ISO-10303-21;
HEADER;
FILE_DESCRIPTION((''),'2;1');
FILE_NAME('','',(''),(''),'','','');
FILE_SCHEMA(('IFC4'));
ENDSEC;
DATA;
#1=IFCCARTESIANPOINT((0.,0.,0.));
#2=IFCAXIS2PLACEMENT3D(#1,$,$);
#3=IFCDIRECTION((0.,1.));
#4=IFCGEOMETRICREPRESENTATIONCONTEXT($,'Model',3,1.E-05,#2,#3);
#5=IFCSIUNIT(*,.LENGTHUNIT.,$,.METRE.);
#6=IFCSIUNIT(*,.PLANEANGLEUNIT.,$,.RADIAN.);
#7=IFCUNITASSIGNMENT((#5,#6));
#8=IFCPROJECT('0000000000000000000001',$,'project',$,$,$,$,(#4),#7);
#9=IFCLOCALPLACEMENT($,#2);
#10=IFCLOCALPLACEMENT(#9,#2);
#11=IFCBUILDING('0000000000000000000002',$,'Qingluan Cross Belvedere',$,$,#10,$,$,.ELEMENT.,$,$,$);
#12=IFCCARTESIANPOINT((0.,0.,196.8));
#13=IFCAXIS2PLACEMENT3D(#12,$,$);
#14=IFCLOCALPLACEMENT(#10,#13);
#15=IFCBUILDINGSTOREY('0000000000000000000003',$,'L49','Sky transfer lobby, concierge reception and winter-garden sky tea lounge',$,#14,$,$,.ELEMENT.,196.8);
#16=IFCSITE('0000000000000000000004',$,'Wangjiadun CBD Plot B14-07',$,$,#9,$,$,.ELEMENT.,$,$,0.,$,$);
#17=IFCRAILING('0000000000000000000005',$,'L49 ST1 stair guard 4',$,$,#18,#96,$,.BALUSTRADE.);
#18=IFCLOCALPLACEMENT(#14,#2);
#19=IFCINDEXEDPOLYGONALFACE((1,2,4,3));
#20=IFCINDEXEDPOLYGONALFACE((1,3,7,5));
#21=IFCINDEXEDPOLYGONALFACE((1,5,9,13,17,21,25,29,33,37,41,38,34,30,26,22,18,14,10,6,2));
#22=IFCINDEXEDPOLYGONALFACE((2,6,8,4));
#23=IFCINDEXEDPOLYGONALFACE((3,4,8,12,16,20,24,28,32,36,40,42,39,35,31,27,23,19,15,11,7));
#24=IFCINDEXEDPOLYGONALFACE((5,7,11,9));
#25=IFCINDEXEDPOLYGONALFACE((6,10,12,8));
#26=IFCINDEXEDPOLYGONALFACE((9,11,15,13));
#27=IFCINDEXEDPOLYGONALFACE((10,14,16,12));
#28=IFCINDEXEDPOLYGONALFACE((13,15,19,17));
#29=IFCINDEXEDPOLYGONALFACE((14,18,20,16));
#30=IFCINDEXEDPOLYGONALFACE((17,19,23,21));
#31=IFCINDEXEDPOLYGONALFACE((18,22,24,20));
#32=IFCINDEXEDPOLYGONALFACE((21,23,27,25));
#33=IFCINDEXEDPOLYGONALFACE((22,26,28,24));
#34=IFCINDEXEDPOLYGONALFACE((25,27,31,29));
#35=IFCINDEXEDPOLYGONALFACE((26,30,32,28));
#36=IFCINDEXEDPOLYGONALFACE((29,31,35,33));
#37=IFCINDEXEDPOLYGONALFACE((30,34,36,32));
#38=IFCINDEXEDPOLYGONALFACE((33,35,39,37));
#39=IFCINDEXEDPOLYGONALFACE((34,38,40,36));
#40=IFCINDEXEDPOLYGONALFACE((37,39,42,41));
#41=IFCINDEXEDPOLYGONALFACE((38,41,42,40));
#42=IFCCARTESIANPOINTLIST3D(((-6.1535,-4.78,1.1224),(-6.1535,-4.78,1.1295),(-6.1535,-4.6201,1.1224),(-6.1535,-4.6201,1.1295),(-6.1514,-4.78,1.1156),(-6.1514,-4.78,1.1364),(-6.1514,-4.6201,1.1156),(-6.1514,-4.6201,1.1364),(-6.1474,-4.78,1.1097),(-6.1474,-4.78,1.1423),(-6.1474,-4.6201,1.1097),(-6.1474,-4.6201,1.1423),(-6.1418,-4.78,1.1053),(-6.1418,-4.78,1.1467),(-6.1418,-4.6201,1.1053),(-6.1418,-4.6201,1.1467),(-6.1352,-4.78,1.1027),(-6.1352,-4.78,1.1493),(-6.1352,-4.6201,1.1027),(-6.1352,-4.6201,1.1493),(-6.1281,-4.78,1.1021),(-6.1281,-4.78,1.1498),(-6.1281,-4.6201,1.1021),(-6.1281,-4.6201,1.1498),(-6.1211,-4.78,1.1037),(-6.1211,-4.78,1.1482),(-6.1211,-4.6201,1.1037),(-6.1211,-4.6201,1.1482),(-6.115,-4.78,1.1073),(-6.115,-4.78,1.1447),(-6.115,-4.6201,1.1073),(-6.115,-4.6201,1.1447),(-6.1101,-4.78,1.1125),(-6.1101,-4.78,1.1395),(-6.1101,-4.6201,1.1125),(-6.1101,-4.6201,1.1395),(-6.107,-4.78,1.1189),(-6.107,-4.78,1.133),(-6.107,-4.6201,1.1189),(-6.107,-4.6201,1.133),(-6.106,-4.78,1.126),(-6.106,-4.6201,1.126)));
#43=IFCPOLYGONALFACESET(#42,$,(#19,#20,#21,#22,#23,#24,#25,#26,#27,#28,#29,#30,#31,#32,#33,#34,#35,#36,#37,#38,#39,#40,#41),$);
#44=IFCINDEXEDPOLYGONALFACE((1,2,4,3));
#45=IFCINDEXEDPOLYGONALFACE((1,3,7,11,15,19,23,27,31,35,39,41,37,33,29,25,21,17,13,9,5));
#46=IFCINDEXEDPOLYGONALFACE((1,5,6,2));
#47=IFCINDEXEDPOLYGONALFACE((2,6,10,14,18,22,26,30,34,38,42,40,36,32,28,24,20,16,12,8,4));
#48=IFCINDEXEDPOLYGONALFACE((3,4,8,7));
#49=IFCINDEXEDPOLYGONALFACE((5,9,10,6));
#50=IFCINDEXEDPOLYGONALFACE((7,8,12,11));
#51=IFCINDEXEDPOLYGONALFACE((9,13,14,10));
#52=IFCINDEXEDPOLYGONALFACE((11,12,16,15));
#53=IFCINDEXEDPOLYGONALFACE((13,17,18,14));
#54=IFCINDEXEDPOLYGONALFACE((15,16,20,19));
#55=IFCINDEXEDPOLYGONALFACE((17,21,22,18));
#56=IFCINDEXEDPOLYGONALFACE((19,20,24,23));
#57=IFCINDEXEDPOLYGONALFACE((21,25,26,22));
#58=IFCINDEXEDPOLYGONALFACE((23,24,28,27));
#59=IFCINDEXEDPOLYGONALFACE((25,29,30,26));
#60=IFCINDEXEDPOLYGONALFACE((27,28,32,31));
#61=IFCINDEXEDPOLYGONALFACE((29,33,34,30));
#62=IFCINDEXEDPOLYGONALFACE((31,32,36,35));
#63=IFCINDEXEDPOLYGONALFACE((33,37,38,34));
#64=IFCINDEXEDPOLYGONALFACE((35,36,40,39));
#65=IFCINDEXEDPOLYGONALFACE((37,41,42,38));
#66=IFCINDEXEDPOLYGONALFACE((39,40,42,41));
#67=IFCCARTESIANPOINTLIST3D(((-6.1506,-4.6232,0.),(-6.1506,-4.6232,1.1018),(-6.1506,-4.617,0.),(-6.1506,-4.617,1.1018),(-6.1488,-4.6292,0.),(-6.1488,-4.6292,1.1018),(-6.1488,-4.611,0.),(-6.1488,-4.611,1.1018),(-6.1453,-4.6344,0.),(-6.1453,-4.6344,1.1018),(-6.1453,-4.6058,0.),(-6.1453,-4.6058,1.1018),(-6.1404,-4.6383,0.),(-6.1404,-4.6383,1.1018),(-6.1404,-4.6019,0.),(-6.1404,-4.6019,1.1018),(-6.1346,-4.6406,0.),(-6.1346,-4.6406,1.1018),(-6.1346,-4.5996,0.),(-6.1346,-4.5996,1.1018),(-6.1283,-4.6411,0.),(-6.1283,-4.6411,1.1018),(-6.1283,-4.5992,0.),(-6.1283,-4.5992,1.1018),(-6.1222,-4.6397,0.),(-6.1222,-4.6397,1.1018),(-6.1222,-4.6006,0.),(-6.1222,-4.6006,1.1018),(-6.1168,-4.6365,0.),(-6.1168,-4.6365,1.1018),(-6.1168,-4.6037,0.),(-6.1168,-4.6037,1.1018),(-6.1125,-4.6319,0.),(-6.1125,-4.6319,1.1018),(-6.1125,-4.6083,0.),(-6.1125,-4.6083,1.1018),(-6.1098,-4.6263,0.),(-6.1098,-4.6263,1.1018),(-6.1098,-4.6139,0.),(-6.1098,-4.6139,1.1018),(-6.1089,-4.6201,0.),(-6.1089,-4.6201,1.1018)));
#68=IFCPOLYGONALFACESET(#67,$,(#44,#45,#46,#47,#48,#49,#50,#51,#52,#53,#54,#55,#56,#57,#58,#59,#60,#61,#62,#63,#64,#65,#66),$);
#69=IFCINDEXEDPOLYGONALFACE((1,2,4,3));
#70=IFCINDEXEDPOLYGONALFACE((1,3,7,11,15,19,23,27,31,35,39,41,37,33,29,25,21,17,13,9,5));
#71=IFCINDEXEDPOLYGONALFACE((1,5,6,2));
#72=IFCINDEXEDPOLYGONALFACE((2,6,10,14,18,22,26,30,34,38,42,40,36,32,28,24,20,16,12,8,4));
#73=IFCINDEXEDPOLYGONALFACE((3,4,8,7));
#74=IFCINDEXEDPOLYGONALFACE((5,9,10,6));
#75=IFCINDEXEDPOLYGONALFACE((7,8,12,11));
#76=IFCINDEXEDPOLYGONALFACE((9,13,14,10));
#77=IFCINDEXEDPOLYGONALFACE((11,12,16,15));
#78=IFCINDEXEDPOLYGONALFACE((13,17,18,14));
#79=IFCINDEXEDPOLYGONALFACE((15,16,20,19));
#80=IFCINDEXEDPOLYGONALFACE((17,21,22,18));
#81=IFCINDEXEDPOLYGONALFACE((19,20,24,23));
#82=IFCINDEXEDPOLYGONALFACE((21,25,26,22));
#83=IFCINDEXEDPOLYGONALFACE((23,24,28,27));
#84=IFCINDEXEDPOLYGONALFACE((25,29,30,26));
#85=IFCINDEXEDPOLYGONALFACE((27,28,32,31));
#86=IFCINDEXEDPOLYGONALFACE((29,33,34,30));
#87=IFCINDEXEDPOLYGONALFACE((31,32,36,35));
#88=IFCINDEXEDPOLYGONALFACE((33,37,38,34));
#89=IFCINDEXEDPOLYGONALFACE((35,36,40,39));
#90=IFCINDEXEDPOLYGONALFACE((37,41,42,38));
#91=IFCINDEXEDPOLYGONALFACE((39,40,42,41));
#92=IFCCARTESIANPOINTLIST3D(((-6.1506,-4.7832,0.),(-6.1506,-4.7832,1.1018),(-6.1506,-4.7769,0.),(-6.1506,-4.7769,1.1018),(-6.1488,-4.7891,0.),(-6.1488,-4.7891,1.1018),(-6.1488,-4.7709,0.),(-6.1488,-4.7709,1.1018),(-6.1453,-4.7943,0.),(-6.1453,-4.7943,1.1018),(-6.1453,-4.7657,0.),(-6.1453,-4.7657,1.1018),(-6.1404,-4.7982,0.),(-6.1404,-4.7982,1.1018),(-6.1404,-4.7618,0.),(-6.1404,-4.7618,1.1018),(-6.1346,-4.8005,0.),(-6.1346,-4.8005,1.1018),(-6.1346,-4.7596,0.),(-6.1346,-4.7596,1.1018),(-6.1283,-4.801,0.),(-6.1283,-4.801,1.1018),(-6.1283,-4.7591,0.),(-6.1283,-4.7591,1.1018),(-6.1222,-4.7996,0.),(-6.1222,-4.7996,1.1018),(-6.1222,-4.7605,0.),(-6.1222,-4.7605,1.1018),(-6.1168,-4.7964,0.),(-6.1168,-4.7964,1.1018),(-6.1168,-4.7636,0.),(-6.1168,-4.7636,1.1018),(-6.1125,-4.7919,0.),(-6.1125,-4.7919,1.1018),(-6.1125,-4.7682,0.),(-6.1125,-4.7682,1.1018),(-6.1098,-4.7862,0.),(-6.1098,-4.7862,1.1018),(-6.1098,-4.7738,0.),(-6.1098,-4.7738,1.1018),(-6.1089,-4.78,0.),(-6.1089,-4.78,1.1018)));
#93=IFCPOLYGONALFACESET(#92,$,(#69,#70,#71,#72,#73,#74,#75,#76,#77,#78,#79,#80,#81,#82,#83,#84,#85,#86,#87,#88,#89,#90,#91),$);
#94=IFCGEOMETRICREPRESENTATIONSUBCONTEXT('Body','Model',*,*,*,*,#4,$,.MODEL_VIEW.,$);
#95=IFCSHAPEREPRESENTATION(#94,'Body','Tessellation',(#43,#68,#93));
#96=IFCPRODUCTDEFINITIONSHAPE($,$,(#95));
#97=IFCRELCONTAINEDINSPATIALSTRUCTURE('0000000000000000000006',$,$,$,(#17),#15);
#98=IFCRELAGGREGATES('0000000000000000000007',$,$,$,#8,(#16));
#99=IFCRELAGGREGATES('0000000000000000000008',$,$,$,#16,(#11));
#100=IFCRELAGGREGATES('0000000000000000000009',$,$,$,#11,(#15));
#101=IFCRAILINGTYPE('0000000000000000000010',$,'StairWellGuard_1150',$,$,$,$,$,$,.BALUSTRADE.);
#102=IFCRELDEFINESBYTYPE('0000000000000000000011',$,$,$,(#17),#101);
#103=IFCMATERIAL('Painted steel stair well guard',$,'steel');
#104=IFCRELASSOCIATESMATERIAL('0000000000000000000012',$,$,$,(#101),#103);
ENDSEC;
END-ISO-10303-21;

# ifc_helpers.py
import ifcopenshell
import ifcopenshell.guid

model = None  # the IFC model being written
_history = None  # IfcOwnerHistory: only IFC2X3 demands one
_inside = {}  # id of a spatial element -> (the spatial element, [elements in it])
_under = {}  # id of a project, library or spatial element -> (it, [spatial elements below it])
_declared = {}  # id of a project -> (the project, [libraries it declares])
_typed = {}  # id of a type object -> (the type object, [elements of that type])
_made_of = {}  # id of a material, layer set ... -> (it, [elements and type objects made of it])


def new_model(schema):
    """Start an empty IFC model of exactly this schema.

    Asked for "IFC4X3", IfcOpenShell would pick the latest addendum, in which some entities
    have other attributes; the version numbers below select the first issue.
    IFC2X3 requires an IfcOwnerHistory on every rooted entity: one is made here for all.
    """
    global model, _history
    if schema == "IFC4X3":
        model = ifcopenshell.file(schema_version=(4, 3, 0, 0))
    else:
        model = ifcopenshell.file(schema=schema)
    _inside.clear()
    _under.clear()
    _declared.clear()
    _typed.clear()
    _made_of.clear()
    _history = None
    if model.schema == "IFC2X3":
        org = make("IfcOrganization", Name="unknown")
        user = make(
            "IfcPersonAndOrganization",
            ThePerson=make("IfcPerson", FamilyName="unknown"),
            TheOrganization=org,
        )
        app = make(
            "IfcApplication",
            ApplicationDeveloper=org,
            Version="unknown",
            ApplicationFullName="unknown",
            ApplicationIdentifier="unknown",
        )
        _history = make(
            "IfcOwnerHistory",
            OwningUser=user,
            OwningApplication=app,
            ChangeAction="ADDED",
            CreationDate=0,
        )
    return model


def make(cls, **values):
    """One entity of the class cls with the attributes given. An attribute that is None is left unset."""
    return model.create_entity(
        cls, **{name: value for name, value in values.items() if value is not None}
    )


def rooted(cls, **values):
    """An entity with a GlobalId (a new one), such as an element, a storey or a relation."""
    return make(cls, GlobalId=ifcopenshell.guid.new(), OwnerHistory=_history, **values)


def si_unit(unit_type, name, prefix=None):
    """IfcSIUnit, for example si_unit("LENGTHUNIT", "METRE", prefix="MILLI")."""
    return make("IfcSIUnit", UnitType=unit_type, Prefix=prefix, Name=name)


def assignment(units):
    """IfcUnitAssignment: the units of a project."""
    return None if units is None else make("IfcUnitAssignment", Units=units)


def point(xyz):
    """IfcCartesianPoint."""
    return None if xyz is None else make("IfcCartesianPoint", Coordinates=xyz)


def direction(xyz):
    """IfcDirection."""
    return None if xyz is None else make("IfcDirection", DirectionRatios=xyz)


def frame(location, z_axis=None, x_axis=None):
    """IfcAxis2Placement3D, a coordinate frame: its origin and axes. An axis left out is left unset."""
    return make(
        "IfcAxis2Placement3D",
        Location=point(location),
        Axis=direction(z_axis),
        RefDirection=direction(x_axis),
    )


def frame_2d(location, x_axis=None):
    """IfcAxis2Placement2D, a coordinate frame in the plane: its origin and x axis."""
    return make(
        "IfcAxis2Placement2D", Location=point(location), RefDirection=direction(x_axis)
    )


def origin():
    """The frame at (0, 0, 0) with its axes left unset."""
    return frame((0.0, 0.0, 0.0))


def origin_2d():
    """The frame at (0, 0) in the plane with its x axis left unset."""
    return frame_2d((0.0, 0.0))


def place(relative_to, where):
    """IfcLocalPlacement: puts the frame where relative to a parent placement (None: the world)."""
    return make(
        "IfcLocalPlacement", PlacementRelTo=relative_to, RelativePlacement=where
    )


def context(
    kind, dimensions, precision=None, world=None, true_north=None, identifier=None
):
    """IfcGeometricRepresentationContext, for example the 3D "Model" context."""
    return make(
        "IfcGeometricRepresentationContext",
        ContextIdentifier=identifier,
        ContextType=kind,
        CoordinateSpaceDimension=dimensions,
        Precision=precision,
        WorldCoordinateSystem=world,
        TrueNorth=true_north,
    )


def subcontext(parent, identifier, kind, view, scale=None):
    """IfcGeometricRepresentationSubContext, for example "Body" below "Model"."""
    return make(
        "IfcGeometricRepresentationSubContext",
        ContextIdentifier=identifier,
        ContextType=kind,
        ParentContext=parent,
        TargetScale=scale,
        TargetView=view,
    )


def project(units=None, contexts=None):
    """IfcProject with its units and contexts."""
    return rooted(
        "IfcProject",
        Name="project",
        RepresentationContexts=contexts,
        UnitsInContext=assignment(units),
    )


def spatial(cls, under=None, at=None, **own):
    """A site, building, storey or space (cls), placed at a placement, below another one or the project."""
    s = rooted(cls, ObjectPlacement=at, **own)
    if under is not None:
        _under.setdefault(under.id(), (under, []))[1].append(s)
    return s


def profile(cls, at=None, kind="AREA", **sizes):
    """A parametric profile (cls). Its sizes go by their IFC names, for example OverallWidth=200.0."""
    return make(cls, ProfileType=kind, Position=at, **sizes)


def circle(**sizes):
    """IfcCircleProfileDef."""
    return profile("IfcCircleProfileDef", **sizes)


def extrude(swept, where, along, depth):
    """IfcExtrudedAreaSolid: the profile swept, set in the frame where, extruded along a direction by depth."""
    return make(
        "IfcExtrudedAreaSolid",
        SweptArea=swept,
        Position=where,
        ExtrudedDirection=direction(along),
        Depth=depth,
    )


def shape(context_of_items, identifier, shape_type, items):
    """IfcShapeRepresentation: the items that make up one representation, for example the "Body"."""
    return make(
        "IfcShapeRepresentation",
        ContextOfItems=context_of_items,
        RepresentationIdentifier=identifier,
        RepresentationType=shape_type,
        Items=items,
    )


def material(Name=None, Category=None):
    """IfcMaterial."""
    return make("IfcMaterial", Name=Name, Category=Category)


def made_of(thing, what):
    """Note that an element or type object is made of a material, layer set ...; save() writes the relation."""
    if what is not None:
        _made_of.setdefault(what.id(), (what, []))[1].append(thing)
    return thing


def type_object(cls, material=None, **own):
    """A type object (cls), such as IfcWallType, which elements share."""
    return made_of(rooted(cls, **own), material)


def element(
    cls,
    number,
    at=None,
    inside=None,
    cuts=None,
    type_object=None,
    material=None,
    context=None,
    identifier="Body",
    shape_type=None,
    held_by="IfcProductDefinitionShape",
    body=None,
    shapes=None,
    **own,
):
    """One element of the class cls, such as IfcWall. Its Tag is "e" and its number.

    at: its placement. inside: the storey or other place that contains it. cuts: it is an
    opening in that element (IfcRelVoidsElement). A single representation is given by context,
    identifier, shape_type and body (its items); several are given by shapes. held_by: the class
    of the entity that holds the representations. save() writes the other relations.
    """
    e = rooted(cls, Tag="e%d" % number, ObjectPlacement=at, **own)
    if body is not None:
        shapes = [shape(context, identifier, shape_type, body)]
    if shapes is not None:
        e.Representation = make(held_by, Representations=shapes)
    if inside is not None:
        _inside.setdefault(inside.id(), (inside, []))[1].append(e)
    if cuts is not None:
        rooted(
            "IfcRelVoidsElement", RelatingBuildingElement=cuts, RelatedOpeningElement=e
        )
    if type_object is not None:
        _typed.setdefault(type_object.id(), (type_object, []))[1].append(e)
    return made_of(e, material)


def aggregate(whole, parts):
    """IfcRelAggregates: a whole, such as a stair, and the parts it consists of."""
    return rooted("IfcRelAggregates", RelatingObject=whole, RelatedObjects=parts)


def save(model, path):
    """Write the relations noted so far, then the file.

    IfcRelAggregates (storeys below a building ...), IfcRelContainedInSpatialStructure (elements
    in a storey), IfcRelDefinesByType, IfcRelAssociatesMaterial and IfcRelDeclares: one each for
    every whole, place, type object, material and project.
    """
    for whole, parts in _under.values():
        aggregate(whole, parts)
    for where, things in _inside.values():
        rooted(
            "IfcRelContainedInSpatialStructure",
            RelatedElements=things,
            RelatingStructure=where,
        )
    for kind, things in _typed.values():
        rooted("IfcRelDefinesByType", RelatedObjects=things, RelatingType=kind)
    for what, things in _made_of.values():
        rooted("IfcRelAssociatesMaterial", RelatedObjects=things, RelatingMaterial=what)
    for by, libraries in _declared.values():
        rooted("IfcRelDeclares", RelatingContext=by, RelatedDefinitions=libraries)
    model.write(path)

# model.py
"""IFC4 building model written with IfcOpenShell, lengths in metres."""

from ifc_helpers import new_model, si_unit, direction, frame, origin, origin_2d, place, context, subcontext, project, spatial, circle, extrude, material, type_object, element, save


model = new_model("IFC4")

# Units and contexts
model_context = context("Model", 3, precision=1e-05, world=origin(), true_north=direction((0.0, 1.0)))
body_context = subcontext(model_context, "Body", "Model", "MODEL_VIEW")
ifc_project = project(units=[si_unit("LENGTHUNIT", "METRE"), si_unit("PLANEANGLEUNIT", "RADIAN")], contexts=[model_context])

# Site, building, storey
site_placement = place(None, origin())
site = spatial("IfcSite", under=ifc_project, at=site_placement, Name="Wangjiadun CBD Plot B14-07", CompositionType="ELEMENT", RefElevation=0.0)
building_placement = place(site_placement, origin())
building = spatial("IfcBuilding", under=site, at=building_placement, Name="Qingluan Cross Belvedere", CompositionType="ELEMENT")
storey_placement = place(building_placement, frame((0.0, 0.0, 196.8)))
storey = spatial("IfcBuildingStorey", under=building, at=storey_placement, Name="L49", Description="Sky transfer lobby, concierge reception and winter-garden sky tea lounge", CompositionType="ELEMENT", Elevation=196.8)

# Railing
ifc_material_1 = material(Name="Painted steel stair well guard", Category="steel")
railing_type_1 = type_object("IfcRailingType", Name="StairWellGuard_1150", PredefinedType="BALUSTRADE", material=ifc_material_1)
railing_1_placement = place(storey_placement, frame((-6.1299, -4.6201, 0.0)))
element("IfcRailing", 1, at=railing_1_placement, inside=storey, type_object=railing_type_1, Name="L49 ST1 stair guard 4", PredefinedType="BALUSTRADE", context=body_context, shape_type="SweptSolid", body=[
    extrude(circle(Radius=0.0239, at=origin_2d()), frame((0.0, 0.0, 1.126), z_axis=(0.0, -1.0, 0.0), x_axis=(1.0, 0.0, 0.0)), (0.0, 0.0, 1.0), 0.1599),
    extrude(circle(Radius=0.021, at=origin_2d()), origin(), (0.0, 0.0, 1.0), 1.1018),
    extrude(circle(Radius=0.021, at=origin_2d()), frame((0.0, -0.1599, 0.0)), (0.0, 0.0, 1.0), 1.1018),
])

save(model, "model.ifc")
